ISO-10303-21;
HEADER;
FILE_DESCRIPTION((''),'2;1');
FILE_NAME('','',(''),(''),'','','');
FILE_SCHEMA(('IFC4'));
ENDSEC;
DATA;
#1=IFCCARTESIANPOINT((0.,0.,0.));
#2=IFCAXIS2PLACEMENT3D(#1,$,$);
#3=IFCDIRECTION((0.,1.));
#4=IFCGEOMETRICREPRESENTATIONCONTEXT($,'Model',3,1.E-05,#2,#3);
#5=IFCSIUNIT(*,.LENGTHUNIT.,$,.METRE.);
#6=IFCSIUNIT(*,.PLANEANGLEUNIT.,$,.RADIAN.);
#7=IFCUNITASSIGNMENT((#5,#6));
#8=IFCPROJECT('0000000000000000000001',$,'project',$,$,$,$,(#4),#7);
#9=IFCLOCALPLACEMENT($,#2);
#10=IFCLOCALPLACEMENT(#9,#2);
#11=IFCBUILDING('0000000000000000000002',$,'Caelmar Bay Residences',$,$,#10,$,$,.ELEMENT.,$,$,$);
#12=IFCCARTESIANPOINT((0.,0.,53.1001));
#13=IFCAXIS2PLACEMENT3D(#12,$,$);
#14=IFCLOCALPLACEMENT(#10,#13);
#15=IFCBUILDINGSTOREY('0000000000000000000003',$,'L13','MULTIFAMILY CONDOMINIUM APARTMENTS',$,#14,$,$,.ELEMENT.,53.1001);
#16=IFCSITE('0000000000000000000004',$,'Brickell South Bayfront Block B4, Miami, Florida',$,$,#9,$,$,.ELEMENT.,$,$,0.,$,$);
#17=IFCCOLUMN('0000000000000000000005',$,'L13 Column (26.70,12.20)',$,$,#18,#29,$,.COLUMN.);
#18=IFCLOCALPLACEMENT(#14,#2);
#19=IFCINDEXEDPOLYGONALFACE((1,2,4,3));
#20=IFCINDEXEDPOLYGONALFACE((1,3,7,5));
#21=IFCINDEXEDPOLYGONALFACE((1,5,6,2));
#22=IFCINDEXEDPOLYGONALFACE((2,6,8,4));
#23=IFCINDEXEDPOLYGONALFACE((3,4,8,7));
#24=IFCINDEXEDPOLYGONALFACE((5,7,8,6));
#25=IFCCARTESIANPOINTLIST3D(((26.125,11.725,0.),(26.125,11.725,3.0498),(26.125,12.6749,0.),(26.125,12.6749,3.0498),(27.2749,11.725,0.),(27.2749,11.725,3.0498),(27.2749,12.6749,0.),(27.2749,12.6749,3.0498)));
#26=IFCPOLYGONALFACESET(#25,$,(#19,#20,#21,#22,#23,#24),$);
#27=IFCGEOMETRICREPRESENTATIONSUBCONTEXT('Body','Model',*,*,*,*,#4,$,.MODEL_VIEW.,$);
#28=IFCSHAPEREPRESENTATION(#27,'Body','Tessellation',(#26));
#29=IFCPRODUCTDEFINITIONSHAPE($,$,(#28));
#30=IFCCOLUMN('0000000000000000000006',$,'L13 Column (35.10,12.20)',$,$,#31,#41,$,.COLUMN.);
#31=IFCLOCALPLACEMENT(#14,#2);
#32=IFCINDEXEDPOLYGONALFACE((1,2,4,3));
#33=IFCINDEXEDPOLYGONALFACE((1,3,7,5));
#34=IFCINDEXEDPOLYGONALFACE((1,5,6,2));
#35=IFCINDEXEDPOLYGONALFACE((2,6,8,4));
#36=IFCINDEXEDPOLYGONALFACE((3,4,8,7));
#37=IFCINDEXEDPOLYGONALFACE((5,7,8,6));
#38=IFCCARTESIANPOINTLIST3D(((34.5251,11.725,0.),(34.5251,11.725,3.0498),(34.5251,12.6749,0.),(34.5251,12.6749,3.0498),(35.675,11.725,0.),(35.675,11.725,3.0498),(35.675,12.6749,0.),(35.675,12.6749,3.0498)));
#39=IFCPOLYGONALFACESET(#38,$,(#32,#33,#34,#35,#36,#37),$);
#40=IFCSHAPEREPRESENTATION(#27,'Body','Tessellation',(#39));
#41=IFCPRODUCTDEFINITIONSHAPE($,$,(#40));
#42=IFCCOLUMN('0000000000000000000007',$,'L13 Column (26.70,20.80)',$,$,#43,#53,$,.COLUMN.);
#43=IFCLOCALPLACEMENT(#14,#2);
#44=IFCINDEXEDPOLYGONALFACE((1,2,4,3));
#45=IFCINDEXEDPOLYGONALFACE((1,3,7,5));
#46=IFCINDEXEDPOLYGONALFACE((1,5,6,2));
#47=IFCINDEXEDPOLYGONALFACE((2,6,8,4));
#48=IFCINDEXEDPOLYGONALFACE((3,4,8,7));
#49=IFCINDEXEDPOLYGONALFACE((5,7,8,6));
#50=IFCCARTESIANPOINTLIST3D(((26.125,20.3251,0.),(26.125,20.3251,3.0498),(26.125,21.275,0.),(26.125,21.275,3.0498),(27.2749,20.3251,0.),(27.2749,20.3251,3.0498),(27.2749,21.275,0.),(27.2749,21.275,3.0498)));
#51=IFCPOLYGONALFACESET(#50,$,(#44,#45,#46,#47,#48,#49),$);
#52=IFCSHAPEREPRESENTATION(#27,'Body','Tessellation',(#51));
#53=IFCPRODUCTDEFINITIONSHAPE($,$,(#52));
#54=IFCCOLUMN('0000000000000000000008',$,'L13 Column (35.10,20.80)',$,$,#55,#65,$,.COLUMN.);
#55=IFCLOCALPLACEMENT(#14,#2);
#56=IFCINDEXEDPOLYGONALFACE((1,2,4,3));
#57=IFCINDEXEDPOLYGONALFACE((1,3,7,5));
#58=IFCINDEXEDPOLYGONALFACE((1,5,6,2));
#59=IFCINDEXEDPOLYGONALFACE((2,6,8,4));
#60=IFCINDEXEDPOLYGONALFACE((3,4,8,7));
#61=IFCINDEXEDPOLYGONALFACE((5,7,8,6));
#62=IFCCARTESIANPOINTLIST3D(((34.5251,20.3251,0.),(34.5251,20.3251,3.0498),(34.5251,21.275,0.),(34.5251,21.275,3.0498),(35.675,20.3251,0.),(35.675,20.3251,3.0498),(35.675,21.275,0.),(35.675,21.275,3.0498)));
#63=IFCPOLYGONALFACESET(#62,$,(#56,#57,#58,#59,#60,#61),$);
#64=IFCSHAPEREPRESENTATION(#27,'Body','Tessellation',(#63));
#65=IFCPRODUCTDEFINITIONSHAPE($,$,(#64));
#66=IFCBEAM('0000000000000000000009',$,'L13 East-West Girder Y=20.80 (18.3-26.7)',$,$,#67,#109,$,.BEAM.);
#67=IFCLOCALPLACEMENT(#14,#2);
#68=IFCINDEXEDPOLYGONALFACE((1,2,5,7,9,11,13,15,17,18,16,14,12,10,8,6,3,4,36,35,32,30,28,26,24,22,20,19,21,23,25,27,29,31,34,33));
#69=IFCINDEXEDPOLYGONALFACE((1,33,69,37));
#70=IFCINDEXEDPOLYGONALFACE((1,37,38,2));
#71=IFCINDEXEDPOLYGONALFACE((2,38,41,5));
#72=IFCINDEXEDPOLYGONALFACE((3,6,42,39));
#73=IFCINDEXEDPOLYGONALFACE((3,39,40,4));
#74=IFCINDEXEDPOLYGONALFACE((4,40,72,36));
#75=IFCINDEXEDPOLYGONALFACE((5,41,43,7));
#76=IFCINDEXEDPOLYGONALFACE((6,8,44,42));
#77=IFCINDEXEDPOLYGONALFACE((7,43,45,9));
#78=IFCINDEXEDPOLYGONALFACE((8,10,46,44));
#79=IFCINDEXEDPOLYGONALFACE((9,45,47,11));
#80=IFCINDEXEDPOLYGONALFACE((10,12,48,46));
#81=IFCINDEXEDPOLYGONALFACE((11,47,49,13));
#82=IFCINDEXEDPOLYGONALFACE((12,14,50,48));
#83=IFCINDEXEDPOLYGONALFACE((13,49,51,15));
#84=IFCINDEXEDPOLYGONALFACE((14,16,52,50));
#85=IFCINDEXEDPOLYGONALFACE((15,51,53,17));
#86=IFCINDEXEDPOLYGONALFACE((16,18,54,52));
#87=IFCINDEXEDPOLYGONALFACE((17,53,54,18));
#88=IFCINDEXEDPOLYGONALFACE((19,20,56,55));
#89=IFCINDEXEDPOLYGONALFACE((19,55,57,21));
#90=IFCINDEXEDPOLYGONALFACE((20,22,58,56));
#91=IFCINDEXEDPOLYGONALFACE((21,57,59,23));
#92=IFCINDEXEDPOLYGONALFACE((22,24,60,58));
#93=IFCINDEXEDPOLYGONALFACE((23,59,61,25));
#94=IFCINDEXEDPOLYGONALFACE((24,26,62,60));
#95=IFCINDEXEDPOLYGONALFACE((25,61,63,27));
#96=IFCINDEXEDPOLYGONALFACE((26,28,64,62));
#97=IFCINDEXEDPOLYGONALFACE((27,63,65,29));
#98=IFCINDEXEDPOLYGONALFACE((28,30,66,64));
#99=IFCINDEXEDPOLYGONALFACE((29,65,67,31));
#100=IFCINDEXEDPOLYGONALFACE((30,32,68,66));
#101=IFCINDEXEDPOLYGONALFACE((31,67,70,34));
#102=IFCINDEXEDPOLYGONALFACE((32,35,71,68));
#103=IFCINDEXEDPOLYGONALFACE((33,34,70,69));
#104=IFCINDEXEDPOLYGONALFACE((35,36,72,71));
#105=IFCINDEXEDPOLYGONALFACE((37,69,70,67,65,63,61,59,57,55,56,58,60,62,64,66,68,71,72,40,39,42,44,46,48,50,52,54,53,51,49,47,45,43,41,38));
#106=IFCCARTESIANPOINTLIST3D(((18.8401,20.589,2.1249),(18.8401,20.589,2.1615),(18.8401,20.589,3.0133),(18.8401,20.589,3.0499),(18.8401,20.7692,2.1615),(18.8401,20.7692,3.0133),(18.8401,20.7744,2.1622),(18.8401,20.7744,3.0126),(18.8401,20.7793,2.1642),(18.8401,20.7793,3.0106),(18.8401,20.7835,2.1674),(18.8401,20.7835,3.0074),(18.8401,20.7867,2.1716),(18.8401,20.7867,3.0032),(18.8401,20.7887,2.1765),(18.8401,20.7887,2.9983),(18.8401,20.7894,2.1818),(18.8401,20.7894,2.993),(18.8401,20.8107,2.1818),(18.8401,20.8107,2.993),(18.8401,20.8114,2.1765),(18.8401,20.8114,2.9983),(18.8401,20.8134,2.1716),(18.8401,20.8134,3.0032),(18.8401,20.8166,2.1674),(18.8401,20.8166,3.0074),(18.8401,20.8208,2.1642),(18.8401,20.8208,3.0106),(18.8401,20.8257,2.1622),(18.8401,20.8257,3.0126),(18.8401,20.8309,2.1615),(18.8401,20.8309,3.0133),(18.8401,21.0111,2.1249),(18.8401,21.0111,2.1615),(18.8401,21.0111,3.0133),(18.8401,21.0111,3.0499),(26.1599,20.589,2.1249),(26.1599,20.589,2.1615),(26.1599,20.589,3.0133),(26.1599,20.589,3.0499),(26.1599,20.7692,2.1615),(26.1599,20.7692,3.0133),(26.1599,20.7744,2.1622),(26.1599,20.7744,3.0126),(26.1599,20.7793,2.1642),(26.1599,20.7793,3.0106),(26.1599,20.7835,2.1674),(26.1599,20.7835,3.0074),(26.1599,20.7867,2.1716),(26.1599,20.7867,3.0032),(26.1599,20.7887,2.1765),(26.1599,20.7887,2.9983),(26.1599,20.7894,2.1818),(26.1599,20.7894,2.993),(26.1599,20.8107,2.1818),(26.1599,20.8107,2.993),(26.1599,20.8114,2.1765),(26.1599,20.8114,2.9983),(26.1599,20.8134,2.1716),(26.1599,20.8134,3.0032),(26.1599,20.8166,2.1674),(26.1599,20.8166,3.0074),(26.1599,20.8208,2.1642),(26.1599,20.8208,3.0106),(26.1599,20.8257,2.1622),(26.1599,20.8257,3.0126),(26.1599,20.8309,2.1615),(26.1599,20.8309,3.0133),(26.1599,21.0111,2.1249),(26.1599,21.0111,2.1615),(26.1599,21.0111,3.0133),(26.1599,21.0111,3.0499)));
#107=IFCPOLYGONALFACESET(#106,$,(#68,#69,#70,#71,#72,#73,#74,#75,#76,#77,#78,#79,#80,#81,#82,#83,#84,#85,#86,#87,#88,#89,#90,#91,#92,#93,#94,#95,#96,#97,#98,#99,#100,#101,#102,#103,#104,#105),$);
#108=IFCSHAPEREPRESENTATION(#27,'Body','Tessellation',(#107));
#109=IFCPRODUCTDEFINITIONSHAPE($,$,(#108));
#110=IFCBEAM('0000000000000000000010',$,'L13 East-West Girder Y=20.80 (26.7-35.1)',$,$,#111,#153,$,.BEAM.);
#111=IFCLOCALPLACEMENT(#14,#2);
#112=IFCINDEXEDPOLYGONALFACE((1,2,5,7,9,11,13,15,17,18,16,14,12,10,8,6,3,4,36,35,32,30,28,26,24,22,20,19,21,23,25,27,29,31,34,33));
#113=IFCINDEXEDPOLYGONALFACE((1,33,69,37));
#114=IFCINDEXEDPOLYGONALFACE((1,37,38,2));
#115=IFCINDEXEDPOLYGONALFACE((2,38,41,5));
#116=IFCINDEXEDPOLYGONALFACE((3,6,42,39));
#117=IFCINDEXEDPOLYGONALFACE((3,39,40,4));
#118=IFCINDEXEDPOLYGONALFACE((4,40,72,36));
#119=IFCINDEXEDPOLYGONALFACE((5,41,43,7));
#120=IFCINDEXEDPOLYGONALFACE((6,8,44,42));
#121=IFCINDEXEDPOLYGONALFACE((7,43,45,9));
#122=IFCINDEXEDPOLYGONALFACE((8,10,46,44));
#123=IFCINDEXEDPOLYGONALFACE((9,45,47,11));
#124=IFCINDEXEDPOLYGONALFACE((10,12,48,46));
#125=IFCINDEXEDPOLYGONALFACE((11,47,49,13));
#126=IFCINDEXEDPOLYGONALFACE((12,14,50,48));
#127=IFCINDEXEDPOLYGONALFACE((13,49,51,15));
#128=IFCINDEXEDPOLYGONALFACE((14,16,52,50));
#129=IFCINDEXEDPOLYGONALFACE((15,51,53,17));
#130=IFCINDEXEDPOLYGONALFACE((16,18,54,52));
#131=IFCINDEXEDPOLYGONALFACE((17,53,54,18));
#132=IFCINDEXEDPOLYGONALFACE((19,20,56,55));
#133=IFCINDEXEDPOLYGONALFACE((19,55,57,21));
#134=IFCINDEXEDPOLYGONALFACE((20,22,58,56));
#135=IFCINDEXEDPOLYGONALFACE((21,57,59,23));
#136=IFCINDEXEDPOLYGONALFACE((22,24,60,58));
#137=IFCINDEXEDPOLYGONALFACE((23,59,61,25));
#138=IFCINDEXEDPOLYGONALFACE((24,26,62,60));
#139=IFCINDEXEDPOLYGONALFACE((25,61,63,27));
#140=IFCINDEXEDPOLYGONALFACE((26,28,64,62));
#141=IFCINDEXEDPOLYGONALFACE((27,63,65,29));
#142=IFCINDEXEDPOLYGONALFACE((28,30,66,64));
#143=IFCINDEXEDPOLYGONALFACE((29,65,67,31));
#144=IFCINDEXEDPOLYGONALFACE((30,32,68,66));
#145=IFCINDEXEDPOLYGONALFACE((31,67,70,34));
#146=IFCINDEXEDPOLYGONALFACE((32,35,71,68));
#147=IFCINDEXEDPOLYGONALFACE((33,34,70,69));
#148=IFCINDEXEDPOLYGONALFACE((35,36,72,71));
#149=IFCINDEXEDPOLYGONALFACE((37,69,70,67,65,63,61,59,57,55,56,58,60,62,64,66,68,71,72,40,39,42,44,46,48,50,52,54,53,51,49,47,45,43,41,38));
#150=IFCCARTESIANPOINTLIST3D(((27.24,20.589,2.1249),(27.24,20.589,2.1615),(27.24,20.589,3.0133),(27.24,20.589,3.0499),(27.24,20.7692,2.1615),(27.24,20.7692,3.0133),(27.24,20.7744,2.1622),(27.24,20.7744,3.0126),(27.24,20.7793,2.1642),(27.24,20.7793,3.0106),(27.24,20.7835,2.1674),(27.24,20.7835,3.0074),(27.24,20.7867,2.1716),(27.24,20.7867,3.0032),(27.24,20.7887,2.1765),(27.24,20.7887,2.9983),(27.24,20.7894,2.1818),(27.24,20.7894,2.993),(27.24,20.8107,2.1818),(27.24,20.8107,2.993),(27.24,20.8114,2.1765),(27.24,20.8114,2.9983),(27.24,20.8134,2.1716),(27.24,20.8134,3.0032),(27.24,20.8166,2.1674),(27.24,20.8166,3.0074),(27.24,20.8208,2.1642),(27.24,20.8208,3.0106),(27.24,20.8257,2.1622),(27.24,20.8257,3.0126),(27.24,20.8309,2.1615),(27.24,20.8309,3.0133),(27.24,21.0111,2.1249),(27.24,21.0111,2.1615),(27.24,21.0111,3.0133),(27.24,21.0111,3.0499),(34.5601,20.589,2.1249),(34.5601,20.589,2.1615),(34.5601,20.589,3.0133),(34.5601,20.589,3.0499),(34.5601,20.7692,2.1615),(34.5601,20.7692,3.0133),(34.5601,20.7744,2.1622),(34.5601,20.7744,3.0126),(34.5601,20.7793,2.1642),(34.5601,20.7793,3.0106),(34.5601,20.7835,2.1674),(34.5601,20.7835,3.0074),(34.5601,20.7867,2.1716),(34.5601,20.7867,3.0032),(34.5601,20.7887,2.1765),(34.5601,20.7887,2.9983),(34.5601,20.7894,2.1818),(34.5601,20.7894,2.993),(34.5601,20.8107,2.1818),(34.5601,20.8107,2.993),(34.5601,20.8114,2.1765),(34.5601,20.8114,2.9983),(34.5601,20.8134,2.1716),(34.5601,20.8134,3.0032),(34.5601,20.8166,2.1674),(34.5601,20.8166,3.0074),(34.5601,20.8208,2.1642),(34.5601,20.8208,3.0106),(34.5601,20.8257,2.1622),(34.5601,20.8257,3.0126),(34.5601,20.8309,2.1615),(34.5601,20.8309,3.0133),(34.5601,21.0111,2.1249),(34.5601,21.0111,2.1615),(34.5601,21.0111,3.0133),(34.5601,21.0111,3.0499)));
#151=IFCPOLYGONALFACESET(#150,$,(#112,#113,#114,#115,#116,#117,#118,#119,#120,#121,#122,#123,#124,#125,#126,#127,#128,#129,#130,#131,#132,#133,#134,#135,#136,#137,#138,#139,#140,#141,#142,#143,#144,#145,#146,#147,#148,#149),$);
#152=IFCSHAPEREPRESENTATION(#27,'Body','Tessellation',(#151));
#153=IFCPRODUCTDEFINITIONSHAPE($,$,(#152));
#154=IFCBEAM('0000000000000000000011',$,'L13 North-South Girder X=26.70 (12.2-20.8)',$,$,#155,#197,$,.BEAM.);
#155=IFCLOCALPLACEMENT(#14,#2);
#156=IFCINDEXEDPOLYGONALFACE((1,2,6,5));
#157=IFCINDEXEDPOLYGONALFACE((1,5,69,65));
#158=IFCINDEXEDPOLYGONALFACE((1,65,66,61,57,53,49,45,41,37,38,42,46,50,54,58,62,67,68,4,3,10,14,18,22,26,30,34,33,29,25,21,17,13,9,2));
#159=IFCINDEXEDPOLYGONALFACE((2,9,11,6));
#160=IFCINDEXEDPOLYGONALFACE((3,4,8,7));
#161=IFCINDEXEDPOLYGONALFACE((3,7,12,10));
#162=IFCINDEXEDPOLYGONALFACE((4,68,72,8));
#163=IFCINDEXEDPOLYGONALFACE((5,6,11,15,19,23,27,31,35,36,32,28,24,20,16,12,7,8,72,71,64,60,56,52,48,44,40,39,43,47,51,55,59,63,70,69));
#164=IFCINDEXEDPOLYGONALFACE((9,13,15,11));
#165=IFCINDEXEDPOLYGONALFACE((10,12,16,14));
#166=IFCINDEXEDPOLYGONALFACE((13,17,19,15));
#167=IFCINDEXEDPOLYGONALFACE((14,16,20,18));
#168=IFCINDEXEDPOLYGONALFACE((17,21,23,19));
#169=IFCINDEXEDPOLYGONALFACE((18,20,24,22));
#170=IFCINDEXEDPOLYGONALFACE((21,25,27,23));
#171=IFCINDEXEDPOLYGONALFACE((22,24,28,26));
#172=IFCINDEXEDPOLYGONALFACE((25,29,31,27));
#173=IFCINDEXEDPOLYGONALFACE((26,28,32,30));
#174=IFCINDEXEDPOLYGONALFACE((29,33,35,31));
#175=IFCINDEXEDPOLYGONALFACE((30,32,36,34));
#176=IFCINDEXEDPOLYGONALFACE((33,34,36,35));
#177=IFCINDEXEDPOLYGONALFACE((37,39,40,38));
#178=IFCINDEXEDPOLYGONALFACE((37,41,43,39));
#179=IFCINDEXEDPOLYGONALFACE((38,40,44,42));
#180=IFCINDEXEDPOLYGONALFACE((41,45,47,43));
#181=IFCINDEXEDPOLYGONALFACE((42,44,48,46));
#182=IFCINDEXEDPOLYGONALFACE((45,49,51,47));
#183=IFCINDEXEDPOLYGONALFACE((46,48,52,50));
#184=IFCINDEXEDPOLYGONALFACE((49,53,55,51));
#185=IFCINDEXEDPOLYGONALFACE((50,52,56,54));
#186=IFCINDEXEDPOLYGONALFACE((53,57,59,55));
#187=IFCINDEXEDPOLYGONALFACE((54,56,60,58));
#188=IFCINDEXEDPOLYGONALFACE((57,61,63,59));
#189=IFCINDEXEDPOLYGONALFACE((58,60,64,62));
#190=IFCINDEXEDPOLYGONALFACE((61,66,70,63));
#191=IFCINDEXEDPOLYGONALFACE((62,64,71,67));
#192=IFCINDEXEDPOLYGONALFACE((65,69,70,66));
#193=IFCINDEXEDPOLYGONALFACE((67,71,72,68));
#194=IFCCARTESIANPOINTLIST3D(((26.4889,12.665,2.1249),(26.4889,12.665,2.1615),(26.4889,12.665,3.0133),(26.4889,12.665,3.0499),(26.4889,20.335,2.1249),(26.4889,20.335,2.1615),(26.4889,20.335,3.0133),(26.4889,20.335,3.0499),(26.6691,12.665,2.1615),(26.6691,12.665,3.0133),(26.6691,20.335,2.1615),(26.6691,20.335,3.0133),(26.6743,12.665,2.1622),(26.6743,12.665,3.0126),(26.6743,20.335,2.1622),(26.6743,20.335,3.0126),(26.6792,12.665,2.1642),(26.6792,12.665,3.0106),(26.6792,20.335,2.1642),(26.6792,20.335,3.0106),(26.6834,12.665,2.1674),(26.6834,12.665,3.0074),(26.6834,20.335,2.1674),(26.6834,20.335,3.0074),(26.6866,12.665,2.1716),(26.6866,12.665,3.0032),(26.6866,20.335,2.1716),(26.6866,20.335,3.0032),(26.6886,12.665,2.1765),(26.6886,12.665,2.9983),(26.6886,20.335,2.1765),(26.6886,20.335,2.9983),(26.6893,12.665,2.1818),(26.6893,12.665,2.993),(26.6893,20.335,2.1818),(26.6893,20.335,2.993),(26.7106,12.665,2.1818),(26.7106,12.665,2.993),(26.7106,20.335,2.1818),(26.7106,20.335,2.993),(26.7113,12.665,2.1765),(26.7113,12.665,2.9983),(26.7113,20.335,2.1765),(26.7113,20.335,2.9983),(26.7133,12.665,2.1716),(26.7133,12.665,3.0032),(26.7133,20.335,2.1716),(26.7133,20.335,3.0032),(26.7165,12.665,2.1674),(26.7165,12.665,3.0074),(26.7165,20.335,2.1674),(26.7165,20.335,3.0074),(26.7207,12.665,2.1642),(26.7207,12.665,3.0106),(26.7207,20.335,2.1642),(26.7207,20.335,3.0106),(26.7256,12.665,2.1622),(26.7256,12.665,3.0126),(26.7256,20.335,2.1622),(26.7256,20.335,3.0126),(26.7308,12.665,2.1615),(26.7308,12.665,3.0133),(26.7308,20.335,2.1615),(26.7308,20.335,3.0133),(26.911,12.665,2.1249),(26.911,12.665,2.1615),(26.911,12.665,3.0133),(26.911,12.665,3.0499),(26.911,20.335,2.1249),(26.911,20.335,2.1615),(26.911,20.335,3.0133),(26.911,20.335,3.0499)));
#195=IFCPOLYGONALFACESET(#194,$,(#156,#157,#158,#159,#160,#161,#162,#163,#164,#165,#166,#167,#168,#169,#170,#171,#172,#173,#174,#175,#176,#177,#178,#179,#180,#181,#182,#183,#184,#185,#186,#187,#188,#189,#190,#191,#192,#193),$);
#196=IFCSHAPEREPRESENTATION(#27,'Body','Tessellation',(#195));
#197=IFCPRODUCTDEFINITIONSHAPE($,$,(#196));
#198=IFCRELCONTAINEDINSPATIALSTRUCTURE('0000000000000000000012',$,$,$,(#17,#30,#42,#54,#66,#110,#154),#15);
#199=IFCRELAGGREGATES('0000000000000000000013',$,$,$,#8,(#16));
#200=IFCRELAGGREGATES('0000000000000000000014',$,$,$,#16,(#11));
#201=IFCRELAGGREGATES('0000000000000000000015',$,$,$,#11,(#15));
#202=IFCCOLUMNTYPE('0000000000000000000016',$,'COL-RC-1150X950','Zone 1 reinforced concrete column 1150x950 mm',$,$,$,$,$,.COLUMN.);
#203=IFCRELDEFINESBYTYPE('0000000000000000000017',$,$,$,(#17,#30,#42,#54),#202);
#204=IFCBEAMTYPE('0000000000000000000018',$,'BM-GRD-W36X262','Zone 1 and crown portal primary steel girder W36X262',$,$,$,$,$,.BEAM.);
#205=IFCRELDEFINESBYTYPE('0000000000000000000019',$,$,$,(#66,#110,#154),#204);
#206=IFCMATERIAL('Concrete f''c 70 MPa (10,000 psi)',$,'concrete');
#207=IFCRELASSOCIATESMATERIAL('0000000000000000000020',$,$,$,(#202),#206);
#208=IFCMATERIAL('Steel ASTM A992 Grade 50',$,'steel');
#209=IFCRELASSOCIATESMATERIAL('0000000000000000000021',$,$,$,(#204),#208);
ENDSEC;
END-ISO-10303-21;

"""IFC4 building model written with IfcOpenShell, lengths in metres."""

from ifc_helpers import new_model, si_unit, direction, frame, origin, origin_2d, place, context, subcontext, project, spatial, rectangle, i_section, extrude, material, material_profile, profile_set, type_object, element, save


model = new_model("IFC4")

# Units and contexts
model_context = context("Model", 3, precision=1e-05, world=origin(), true_north=direction((0.0, 1.0)))
body_context = subcontext(model_context, "Body", "Model", "MODEL_VIEW")
ifc_project = project(units=[si_unit("LENGTHUNIT", "METRE"), si_unit("PLANEANGLEUNIT", "RADIAN")], contexts=[model_context])

# Site, building, storey
site_placement = place(None, origin())
site = spatial("IfcSite", under=ifc_project, at=site_placement, Name="Brickell South Bayfront Block B4, Miami, Florida", CompositionType="ELEMENT", RefElevation=0.0)
building_placement = place(site_placement, origin())
building = spatial("IfcBuilding", under=site, at=building_placement, Name="Caelmar Bay Residences", CompositionType="ELEMENT")
storey_placement = place(building_placement, frame((0.0, 0.0, 53.1001)))
storey = spatial("IfcBuildingStorey", under=building, at=storey_placement, Name="L13", Description="MULTIFAMILY CONDOMINIUM APARTMENTS", CompositionType="ELEMENT", Elevation=53.1001)

# Columns
ifc_material_1 = material(Name="Concrete f'c 70 MPa (10,000 psi)", Category="concrete")
ifc_material_profile_1 = material_profile(ifc_material_1, rectangle(XDim=1.1499, YDim=0.95, at=origin_2d()), Name="RC-COL-1150X950")
ifc_profile_set_1 = profile_set([ifc_material_profile_1], Name="Concrete f'c 70 MPa (10,000 psi)")
column_type = type_object("IfcColumnType", Name="COL-RC-1150X950", Description="Zone 1 reinforced concrete column 1150x950 mm", PredefinedType="COLUMN", material=ifc_profile_set_1)
for number, where, z_axis, x_axis, name in (
    (1, (26.7, 12.2, 0.0), (0.0, 0.0, 1.0), (1.0, 0.0, 0.0), "L13 Column (26.70,12.20)"),
    (2, (35.1001, 12.2, 0.0), (0.0, 0.0, 1.0), (1.0, 0.0, 0.0), "L13 Column (35.10,12.20)"),
    (3, (26.7, 20.8, 0.0), (0.0, 0.0, 1.0), (1.0, 0.0, 0.0), "L13 Column (26.70,20.80)"),
    (4, (35.1001, 20.8, 0.0), (0.0, 0.0, 1.0), (1.0, 0.0, 0.0), "L13 Column (35.10,20.80)"),
):
    element("IfcColumn", number, at=place(storey_placement, frame(where, z_axis=z_axis, x_axis=x_axis)), inside=storey, type_object=column_type, Name=name, PredefinedType="COLUMN", context=body_context, shape_type="SweptSolid", body=[
        extrude(rectangle(XDim=1.1499, YDim=0.95, at=origin_2d()), origin(), (0.0, 0.0, 1.0), 3.0498),
    ])

# Beams
ifc_material_2 = material(Name="Steel ASTM A992 Grade 50", Category="steel")
ifc_material_profile_2 = material_profile(ifc_material_2, i_section(OverallWidth=0.4221, OverallDepth=0.925, WebThickness=0.0212, FlangeThickness=0.0366, FilletRadius=0.0203, at=origin_2d()), Name="W36X262")
ifc_profile_set_2 = profile_set([ifc_material_profile_2], Name="Steel ASTM A992 Grade 50")
beam_type_1 = type_object("IfcBeamType", Name="BM-GRD-W36X262", Description="Zone 1 and crown portal primary steel girder W36X262", PredefinedType="BEAM", material=ifc_profile_set_2)
beam_1_placement = place(storey_placement, frame((18.8401, 20.8, 2.5874), z_axis=(1.0, 0.0, 0.0), x_axis=(0.0, 1.0, 0.0)))
element("IfcBeam", 5, at=beam_1_placement, inside=storey, type_object=beam_type_1, Name="L13 East-West Girder Y=20.80 (18.3-26.7)", PredefinedType="BEAM", context=body_context, shape_type="SweptSolid", body=[
    extrude(i_section(OverallWidth=0.4221, OverallDepth=0.925, WebThickness=0.0212, FlangeThickness=0.0366, FilletRadius=0.0203, at=origin_2d()), origin(), (0.0, 0.0, 1.0), 7.3198),
])
beam_2_placement = place(storey_placement, frame((27.24, 20.8, 2.5874), z_axis=(1.0, 0.0, 0.0), x_axis=(0.0, 1.0, 0.0)))
element("IfcBeam", 6, at=beam_2_placement, inside=storey, type_object=beam_type_1, Name="L13 East-West Girder Y=20.80 (26.7-35.1)", PredefinedType="BEAM", context=body_context, shape_type="SweptSolid", body=[
    extrude(i_section(OverallWidth=0.4221, OverallDepth=0.925, WebThickness=0.0212, FlangeThickness=0.0366, FilletRadius=0.0203, at=origin_2d()), origin(), (0.0, 0.0, 1.0), 7.3201),
])
for number, where, z_axis, x_axis, name in (
    (7, (26.7, 12.665, 2.5874), (0.0, 1.0, 0.0), (-1.0, 0.0, 0.0), "L13 North-South Girder X=26.70 (12.2-20.8)"),
):
    element("IfcBeam", number, at=place(storey_placement, frame(where, z_axis=z_axis, x_axis=x_axis)), inside=storey, type_object=beam_type_1, Name=name, PredefinedType="BEAM", context=body_context, shape_type="SweptSolid", body=[
        extrude(i_section(OverallWidth=0.4221, OverallDepth=0.925, WebThickness=0.0212, FlangeThickness=0.0366, FilletRadius=0.0203, at=origin_2d()), origin(), (0.0, 0.0, 1.0), 7.6699),
    ])

save(model, "model.ifc")
